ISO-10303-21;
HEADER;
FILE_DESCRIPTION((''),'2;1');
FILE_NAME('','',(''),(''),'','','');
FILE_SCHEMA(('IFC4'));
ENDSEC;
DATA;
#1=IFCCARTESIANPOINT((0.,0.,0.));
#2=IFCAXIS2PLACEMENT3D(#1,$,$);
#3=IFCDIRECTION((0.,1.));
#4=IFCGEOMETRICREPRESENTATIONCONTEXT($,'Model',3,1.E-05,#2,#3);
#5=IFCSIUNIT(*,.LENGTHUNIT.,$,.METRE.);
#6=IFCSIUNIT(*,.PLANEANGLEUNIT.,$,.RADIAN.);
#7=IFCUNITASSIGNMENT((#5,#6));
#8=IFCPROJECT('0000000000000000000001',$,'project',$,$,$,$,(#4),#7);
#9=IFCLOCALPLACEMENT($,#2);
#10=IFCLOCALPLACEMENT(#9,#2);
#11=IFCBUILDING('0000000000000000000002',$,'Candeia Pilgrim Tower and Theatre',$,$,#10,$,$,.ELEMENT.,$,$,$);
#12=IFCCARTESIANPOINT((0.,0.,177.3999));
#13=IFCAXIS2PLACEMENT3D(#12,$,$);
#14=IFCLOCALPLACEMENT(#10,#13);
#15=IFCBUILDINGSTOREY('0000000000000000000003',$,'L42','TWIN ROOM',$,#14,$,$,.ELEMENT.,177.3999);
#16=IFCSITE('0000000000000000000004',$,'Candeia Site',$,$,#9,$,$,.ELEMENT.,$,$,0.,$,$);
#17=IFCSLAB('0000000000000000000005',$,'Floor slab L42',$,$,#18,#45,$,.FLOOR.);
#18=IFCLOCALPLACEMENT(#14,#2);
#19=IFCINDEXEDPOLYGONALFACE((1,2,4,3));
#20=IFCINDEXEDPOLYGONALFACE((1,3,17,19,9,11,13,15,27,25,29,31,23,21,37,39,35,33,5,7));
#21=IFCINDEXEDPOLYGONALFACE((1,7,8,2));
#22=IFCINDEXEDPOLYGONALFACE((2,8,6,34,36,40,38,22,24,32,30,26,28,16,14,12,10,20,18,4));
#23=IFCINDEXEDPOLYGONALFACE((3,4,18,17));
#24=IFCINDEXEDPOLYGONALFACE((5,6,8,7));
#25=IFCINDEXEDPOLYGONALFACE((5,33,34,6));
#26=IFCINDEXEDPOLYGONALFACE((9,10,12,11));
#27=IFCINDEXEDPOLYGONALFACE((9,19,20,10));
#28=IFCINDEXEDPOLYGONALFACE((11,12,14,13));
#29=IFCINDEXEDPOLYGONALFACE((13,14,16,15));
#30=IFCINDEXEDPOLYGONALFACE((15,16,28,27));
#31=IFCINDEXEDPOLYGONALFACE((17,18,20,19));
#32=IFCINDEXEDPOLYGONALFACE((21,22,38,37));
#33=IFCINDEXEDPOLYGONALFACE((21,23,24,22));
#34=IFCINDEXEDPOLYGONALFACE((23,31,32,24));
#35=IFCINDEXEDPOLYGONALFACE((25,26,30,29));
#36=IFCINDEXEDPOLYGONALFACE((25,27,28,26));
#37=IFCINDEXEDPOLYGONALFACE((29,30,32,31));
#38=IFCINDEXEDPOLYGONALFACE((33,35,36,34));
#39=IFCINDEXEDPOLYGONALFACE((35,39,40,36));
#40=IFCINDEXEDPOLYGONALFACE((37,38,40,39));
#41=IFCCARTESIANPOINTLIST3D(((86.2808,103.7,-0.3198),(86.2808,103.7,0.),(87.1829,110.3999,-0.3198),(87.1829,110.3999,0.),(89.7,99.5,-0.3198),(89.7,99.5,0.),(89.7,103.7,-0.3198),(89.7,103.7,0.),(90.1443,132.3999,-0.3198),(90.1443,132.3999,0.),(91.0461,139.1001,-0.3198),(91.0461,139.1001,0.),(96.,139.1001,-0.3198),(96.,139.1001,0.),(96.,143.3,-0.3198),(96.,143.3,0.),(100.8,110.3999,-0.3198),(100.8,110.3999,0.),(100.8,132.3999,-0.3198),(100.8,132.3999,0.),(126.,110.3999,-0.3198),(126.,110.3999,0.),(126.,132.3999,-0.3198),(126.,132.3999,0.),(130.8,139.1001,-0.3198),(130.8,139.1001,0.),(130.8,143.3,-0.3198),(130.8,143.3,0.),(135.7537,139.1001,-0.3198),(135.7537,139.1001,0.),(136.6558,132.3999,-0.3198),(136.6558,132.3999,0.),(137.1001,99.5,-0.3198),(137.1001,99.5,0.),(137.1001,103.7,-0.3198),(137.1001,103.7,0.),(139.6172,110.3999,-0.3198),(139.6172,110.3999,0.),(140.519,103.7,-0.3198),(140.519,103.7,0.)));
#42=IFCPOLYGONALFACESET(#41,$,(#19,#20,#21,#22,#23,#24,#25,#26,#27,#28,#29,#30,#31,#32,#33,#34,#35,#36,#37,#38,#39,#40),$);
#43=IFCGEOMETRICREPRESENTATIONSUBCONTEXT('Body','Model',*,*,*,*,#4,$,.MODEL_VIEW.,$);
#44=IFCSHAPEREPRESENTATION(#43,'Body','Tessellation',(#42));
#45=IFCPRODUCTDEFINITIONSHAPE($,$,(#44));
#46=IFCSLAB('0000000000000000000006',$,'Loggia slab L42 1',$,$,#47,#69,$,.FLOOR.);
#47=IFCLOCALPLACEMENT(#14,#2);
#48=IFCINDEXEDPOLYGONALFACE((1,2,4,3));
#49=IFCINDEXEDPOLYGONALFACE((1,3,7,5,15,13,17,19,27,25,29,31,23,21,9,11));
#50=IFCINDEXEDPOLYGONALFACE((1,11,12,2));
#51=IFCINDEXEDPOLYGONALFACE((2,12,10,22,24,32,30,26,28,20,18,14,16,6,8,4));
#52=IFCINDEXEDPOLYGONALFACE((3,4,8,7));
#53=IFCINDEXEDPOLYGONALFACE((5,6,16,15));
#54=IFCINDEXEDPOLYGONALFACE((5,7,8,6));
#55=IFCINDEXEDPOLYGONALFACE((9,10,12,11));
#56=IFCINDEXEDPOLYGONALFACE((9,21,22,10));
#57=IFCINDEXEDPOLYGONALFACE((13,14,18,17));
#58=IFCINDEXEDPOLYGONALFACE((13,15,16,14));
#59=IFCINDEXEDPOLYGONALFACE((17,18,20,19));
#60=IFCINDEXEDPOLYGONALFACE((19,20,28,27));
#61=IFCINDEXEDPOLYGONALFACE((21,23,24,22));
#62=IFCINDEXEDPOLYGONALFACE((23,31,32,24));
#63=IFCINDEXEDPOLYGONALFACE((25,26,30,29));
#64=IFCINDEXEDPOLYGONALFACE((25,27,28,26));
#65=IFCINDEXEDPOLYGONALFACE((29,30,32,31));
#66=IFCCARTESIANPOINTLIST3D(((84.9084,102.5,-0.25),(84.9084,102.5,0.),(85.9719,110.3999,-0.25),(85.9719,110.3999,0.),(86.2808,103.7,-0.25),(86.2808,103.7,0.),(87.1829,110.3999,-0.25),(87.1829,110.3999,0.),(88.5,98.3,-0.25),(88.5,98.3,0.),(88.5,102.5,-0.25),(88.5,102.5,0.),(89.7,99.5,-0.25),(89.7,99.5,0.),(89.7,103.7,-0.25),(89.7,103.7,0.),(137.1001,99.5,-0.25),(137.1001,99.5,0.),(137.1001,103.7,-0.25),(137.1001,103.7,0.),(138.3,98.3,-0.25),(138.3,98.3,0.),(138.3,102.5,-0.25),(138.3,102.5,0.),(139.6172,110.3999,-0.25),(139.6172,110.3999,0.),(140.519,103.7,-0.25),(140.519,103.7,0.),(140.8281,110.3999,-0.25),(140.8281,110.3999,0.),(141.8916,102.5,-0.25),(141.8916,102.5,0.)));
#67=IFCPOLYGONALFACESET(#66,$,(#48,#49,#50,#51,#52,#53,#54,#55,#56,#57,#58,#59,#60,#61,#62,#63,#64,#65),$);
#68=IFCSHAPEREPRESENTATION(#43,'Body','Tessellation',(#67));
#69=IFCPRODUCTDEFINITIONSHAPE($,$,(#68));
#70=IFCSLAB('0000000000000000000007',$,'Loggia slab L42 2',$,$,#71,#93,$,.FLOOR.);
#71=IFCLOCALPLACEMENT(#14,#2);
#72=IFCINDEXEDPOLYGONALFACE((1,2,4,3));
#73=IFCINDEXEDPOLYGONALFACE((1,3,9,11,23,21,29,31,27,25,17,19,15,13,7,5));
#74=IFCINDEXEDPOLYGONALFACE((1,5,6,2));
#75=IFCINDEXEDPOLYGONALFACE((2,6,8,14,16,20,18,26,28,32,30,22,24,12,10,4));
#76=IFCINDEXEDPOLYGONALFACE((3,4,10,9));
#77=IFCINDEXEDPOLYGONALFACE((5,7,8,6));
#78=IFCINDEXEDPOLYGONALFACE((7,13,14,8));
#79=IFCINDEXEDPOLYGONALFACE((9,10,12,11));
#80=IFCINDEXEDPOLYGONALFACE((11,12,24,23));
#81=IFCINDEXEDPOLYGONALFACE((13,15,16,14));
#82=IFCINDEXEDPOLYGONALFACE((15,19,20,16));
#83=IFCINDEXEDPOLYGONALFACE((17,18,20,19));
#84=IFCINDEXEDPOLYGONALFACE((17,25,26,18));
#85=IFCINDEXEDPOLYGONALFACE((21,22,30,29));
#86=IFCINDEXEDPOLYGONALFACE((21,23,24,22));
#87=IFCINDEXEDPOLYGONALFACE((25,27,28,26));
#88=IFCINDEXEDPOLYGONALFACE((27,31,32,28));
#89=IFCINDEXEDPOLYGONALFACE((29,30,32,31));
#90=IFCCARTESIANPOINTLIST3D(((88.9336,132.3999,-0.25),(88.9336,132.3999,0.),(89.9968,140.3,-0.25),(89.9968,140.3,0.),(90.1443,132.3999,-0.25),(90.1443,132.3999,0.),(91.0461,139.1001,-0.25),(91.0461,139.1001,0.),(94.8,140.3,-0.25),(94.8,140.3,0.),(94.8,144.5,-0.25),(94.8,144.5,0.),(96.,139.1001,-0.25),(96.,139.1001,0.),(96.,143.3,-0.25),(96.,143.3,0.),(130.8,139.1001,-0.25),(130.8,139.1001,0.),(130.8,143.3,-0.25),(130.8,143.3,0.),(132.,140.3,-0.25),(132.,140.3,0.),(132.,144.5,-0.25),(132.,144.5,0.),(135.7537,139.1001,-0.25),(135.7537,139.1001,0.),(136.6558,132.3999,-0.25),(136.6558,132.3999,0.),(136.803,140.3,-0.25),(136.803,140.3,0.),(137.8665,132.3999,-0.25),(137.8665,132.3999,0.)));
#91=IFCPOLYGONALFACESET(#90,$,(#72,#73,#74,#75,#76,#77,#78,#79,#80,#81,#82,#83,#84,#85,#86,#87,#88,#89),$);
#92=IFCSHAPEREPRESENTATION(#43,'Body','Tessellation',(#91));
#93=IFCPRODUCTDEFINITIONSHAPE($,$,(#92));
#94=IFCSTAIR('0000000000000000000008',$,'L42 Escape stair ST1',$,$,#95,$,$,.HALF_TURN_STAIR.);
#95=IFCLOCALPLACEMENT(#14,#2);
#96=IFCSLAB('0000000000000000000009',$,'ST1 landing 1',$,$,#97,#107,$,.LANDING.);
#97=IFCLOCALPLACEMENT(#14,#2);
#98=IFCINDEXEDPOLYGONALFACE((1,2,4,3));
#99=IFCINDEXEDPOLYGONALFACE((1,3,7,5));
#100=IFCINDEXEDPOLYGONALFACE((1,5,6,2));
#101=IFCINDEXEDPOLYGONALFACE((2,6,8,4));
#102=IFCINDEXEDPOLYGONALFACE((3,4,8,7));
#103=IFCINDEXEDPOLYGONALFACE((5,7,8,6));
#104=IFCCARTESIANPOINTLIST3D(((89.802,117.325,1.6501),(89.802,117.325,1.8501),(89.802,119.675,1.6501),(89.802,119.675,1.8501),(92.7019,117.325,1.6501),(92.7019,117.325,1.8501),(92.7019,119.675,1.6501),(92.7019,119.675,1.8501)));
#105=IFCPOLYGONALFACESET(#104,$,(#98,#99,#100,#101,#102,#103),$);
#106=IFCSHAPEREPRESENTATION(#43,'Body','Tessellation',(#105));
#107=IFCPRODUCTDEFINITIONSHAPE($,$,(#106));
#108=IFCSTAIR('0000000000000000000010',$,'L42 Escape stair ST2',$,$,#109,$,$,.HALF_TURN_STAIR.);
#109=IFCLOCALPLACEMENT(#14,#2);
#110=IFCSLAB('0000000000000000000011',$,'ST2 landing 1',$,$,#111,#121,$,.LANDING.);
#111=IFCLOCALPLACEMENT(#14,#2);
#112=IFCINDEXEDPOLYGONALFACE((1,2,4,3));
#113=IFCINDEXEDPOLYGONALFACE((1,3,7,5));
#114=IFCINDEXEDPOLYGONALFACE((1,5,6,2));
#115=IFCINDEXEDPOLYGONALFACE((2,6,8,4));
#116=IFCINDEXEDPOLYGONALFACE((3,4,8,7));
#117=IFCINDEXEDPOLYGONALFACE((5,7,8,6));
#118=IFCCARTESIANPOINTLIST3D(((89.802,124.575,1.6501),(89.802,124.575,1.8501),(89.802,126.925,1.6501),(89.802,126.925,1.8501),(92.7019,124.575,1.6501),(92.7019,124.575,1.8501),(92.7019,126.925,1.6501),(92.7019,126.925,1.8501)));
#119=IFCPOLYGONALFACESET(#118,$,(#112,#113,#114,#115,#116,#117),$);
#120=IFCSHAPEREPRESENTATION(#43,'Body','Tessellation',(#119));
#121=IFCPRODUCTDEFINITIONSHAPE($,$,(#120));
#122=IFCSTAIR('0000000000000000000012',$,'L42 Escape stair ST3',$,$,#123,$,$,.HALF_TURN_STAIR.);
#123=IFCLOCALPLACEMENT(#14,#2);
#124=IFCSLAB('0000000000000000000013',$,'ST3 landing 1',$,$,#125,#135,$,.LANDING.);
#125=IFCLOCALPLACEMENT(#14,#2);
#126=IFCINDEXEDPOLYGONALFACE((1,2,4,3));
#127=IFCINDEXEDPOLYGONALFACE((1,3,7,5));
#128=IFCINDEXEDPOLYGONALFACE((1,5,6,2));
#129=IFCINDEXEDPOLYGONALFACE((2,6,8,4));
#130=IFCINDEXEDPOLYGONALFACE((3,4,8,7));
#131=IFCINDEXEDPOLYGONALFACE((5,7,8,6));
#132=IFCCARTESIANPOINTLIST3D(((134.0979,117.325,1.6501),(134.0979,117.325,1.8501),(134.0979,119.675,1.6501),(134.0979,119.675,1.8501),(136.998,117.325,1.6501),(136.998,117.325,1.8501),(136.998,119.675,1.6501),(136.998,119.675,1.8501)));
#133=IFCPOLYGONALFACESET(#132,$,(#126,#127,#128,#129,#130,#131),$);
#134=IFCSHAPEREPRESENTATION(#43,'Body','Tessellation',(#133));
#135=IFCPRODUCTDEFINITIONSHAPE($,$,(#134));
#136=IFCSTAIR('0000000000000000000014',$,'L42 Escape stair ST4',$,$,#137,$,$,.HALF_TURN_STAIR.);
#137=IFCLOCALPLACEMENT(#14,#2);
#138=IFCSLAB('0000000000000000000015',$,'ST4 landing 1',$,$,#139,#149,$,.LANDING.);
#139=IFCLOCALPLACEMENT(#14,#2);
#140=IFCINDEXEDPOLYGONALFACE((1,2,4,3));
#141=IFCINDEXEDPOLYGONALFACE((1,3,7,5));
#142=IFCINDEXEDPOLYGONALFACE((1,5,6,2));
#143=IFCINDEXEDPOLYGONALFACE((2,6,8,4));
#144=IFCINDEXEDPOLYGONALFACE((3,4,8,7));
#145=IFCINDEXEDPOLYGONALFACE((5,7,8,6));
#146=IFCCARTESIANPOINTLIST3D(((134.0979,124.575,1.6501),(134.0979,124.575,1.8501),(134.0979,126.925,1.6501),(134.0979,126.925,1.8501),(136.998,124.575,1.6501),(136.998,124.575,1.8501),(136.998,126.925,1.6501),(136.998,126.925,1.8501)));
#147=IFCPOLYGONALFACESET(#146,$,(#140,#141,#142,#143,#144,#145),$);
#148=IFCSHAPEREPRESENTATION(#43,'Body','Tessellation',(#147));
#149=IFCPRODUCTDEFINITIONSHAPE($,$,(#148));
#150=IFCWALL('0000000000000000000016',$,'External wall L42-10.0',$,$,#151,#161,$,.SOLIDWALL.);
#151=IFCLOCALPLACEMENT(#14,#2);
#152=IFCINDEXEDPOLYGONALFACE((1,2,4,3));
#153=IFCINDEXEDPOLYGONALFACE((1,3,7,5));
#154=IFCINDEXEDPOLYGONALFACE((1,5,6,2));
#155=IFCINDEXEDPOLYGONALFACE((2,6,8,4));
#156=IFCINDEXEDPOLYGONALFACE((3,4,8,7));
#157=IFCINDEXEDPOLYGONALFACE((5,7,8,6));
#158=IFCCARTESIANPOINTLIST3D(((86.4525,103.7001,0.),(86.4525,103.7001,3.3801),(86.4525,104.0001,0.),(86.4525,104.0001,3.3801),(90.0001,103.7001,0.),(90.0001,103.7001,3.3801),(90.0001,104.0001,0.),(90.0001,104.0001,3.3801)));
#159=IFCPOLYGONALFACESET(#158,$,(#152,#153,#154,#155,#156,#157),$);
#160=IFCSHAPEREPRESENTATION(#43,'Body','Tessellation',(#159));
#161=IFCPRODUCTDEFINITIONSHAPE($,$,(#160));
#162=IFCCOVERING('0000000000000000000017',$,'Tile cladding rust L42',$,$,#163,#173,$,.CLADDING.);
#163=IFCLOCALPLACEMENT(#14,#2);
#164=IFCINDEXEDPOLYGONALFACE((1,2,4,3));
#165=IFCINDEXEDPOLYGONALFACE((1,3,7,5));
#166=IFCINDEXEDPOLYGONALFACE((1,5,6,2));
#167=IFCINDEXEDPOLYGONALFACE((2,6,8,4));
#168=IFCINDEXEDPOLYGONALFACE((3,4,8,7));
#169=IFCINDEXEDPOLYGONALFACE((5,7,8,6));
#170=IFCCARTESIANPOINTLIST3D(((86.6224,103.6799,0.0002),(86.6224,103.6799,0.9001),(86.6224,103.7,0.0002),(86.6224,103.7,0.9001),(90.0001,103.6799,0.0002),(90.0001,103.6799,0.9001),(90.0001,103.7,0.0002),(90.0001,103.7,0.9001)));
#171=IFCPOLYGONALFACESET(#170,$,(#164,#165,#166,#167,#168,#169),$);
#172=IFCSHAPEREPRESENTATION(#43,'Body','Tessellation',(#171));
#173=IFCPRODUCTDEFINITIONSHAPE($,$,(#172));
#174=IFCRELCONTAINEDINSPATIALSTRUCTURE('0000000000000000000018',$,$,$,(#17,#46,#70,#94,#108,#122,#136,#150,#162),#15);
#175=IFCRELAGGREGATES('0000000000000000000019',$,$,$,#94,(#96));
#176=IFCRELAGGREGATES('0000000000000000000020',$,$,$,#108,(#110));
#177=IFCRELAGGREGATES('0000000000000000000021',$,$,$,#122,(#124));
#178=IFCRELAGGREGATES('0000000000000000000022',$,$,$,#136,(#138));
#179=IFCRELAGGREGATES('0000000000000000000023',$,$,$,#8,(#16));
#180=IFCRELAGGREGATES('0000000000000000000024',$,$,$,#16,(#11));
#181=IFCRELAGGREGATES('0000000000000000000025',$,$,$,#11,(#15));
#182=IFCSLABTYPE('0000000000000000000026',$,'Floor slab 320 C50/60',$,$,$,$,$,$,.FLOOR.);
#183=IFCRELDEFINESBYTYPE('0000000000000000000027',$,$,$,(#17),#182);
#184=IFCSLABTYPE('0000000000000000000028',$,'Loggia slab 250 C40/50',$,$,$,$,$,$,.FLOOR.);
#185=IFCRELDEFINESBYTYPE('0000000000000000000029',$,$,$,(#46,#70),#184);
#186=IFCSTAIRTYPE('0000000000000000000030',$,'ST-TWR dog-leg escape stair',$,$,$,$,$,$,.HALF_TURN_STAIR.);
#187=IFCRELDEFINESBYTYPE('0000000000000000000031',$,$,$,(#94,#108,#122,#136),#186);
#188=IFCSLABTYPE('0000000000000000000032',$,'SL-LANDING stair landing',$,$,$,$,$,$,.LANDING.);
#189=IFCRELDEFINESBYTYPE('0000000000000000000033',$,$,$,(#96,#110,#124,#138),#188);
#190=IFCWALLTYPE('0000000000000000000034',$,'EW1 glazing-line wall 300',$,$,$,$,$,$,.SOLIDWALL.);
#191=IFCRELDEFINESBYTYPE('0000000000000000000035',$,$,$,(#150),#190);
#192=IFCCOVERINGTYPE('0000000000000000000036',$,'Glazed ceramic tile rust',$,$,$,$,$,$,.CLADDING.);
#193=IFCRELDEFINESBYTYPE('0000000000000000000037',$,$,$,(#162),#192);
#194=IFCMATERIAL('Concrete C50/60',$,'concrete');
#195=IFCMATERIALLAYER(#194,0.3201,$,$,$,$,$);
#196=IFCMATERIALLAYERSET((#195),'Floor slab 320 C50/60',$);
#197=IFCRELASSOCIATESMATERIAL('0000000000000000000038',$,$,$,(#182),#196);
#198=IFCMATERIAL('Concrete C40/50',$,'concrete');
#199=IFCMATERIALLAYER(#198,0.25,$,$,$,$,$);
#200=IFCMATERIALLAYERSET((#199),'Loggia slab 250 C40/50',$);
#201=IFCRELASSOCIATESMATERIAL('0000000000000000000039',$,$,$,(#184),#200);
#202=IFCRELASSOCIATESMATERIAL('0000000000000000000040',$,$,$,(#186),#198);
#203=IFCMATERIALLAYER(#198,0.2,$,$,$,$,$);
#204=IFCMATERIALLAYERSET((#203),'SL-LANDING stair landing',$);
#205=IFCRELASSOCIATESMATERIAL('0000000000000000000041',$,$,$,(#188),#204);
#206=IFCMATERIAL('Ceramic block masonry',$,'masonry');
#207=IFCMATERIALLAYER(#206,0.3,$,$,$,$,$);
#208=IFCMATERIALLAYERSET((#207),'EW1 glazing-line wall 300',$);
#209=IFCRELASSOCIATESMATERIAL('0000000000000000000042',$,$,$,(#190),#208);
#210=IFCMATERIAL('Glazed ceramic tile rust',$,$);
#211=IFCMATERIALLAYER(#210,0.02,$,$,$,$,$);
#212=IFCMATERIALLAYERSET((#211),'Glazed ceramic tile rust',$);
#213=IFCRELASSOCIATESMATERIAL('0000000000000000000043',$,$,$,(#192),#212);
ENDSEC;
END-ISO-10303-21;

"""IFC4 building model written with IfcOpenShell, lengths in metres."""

from ifc_helpers import new_model, si_unit, direction, frame, frame_2d, origin, origin_2d, place, context, subcontext, project, spatial, polyline, rectangle, outline, extrude, material, layer, layer_set, type_object, element, aggregate, save


model = new_model("IFC4")

# Units and contexts
model_context = context("Model", 3, precision=1e-05, world=origin(), true_north=direction((0.0, 1.0)))
body_context = subcontext(model_context, "Body", "Model", "MODEL_VIEW")
ifc_project = project(units=[si_unit("LENGTHUNIT", "METRE"), si_unit("PLANEANGLEUNIT", "RADIAN")], contexts=[model_context])

# Site, building, storey
site_placement = place(None, origin())
site = spatial("IfcSite", under=ifc_project, at=site_placement, Name="Candeia Site", CompositionType="ELEMENT", RefElevation=0.0)
building_placement = place(site_placement, origin())
building = spatial("IfcBuilding", under=site, at=building_placement, Name="Candeia Pilgrim Tower and Theatre", CompositionType="ELEMENT")
storey_placement = place(building_placement, frame((0.0, 0.0, 177.3999)))
storey = spatial("IfcBuildingStorey", under=building, at=storey_placement, Name="L42", Description="TWIN ROOM", CompositionType="ELEMENT", Elevation=177.3999)

# Slabs
ifc_material_1 = material(Name="Concrete C40/50", Category="concrete")
ifc_material_2 = material(Name="Concrete C50/60", Category="concrete")
ifc_layer_1 = layer(ifc_material_2, 0.3201)
ifc_layer_set_1 = layer_set([ifc_layer_1], Name="Floor slab 320 C50/60")
slab_type_1 = type_object("IfcSlabType", Name="Floor slab 320 C50/60", PredefinedType="FLOOR", material=ifc_layer_set_1)
slab_1_placement = place(storey_placement, frame((0.0, 0.0, -0.3198)))
element("IfcSlab", 1, at=slab_1_placement, inside=storey, type_object=slab_type_1, Name="Floor slab L42", PredefinedType="FLOOR", context=body_context, shape_type="SweptSolid", body=[
    extrude(outline(polyline([(96.0, 139.1001), (96.0, 143.3), (130.8, 143.3), (130.8, 139.1001), (135.7537, 139.1001), (136.6558, 132.3999), (126.0, 132.3999), (126.0, 110.3999), (139.6172, 110.3999), (140.519, 103.7), (137.1001, 103.7), (137.1001, 99.5), (89.7, 99.5), (89.7, 103.7), (86.2808, 103.7), (87.1829, 110.3999), (100.8, 110.3999), (100.8, 132.3999), (90.1443, 132.3999), (91.0461, 139.1001), (96.0, 139.1001)])), origin(), (0.0, 0.0, 1.0), 0.3198),
])
ifc_layer_2 = layer(ifc_material_1, 0.25)
ifc_layer_set_2 = layer_set([ifc_layer_2], Name="Loggia slab 250 C40/50")
slab_type_2 = type_object("IfcSlabType", Name="Loggia slab 250 C40/50", PredefinedType="FLOOR", material=ifc_layer_set_2)
slab_2_placement = place(storey_placement, frame((0.0, 0.0, -0.25)))
element("IfcSlab", 2, at=slab_2_placement, inside=storey, type_object=slab_type_2, Name="Loggia slab L42 1", PredefinedType="FLOOR", context=body_context, shape_type="SweptSolid", body=[
    extrude(outline(polyline([(87.1829, 110.3999), (86.2808, 103.7), (89.7, 103.7), (89.7, 99.5), (137.1001, 99.5), (137.1001, 103.7), (140.519, 103.7), (139.6172, 110.3999), (140.8281, 110.3999), (141.8916, 102.5), (138.3, 102.5), (138.3, 98.3), (88.5, 98.3), (88.5, 102.5), (84.9084, 102.5), (85.9719, 110.3999), (87.1829, 110.3999)])), origin(), (0.0, 0.0, 1.0), 0.25),
])
slab_3_placement = place(storey_placement, frame((0.0, 0.0, -0.25)))
element("IfcSlab", 3, at=slab_3_placement, inside=storey, type_object=slab_type_2, Name="Loggia slab L42 2", PredefinedType="FLOOR", context=body_context, shape_type="SweptSolid", body=[
    extrude(outline(polyline([(136.6558, 132.3999), (135.7537, 139.1001), (130.8, 139.1001), (130.8, 143.3), (96.0, 143.3), (96.0, 139.1001), (91.0461, 139.1001), (90.1443, 132.3999), (88.9336, 132.3999), (89.9968, 140.3), (94.8, 140.3), (94.8, 144.5), (132.0, 144.5), (132.0, 140.3), (136.803, 140.3), (137.8665, 132.3999), (136.6558, 132.3999)])), origin(), (0.0, 0.0, 1.0), 0.25),
])

# Stairs, slabs
stair_type = type_object("IfcStairType", Name="ST-TWR dog-leg escape stair", PredefinedType="HALF_TURN_STAIR", material=ifc_material_1)
stair_1_placement = place(storey_placement, origin())
stair_1 = element("IfcStair", 4, at=stair_1_placement, inside=storey, type_object=stair_type, Name="L42 Escape stair ST1", PredefinedType="HALF_TURN_STAIR")
ifc_layer_3 = layer(ifc_material_1, 0.2)
ifc_layer_set_3 = layer_set([ifc_layer_3], Name="SL-LANDING stair landing")
slab_type_3 = type_object("IfcSlabType", Name="SL-LANDING stair landing", PredefinedType="LANDING", material=ifc_layer_set_3)
slab_4_placement = place(storey_placement, frame((0.0, 0.0, 1.6501)))
slab_4 = element("IfcSlab", 5, at=slab_4_placement, type_object=slab_type_3, Name="ST1 landing 1", PredefinedType="LANDING", context=body_context, shape_type="SweptSolid", body=[
    extrude(outline(polyline([(89.802, 119.675), (89.802, 117.325), (92.7019, 117.325), (92.7019, 119.675), (89.802, 119.675)])), origin(), (0.0, 0.0, 1.0), 0.2),
])
aggregate(stair_1, [slab_4])
stair_2_placement = place(storey_placement, origin())
stair_2 = element("IfcStair", 6, at=stair_2_placement, inside=storey, type_object=stair_type, Name="L42 Escape stair ST2", PredefinedType="HALF_TURN_STAIR")
slab_5_placement = place(storey_placement, frame((0.0, 0.0, 1.6501)))
slab_5 = element("IfcSlab", 7, at=slab_5_placement, type_object=slab_type_3, Name="ST2 landing 1", PredefinedType="LANDING", context=body_context, shape_type="SweptSolid", body=[
    extrude(outline(polyline([(89.802, 126.925), (89.802, 124.575), (92.7019, 124.575), (92.7019, 126.925), (89.802, 126.925)])), origin(), (0.0, 0.0, 1.0), 0.2),
])
aggregate(stair_2, [slab_5])
stair_3_placement = place(storey_placement, origin())
stair_3 = element("IfcStair", 8, at=stair_3_placement, inside=storey, type_object=stair_type, Name="L42 Escape stair ST3", PredefinedType="HALF_TURN_STAIR")
slab_6_placement = place(storey_placement, frame((0.0, 0.0, 1.6501)))
slab_6 = element("IfcSlab", 9, at=slab_6_placement, type_object=slab_type_3, Name="ST3 landing 1", PredefinedType="LANDING", context=body_context, shape_type="SweptSolid", body=[
    extrude(outline(polyline([(134.0979, 119.675), (134.0979, 117.325), (136.998, 117.325), (136.998, 119.675), (134.0979, 119.675)])), origin(), (0.0, 0.0, 1.0), 0.2),
])
aggregate(stair_3, [slab_6])
stair_4_placement = place(storey_placement, origin())
stair_4 = element("IfcStair", 10, at=stair_4_placement, inside=storey, type_object=stair_type, Name="L42 Escape stair ST4", PredefinedType="HALF_TURN_STAIR")
slab_7_placement = place(storey_placement, frame((0.0, 0.0, 1.6501)))
slab_7 = element("IfcSlab", 11, at=slab_7_placement, type_object=slab_type_3, Name="ST4 landing 1", PredefinedType="LANDING", context=body_context, shape_type="SweptSolid", body=[
    extrude(outline(polyline([(134.0979, 126.925), (134.0979, 124.575), (136.998, 124.575), (136.998, 126.925), (134.0979, 126.925)])), origin(), (0.0, 0.0, 1.0), 0.2),
])
aggregate(stair_4, [slab_7])

# Wall
ifc_material_3 = material(Name="Ceramic block masonry", Category="masonry")
ifc_layer_4 = layer(ifc_material_3, 0.3)
ifc_layer_set_4 = layer_set([ifc_layer_4], Name="EW1 glazing-line wall 300")
wall_type = type_object("IfcWallType", Name="EW1 glazing-line wall 300", PredefinedType="SOLIDWALL", material=ifc_layer_set_4)
wall_placement = place(storey_placement, frame((86.4524, 103.8501, 0.0), z_axis=(0.0, 0.0, 1.0), x_axis=(1.0, 0.0, 0.0)))
element("IfcWall", 12, at=wall_placement, inside=storey, type_object=wall_type, Name="External wall L42-10.0", PredefinedType="SOLIDWALL", context=body_context, shape_type="SweptSolid", body=[
    extrude(rectangle(XDim=3.5476, YDim=0.3, at=frame_2d((1.7739, 0.0))), origin(), (0.0, 0.0, 1.0), 3.3801),
])

# Covering
ifc_material_4 = material(Name="Glazed ceramic tile rust")
ifc_layer_5 = layer(ifc_material_4, 0.02)
ifc_layer_set_5 = layer_set([ifc_layer_5], Name="Glazed ceramic tile rust")
covering_type = type_object("IfcCoveringType", Name="Glazed ceramic tile rust", PredefinedType="CLADDING", material=ifc_layer_set_5)
covering_placement = place(storey_placement, frame((88.3113, 103.6899, 0.0002), z_axis=(0.0, 0.0, 1.0), x_axis=(1.0, 0.0, 0.0)))
element("IfcCovering", 13, at=covering_placement, inside=storey, type_object=covering_type, Name="Tile cladding rust L42", PredefinedType="CLADDING", context=body_context, shape_type="SweptSolid", body=[
    extrude(rectangle(XDim=3.3777, YDim=0.02, at=origin_2d()), origin(), (0.0, 0.0, 1.0), 0.8999),
])

save(model, "model.ifc")
